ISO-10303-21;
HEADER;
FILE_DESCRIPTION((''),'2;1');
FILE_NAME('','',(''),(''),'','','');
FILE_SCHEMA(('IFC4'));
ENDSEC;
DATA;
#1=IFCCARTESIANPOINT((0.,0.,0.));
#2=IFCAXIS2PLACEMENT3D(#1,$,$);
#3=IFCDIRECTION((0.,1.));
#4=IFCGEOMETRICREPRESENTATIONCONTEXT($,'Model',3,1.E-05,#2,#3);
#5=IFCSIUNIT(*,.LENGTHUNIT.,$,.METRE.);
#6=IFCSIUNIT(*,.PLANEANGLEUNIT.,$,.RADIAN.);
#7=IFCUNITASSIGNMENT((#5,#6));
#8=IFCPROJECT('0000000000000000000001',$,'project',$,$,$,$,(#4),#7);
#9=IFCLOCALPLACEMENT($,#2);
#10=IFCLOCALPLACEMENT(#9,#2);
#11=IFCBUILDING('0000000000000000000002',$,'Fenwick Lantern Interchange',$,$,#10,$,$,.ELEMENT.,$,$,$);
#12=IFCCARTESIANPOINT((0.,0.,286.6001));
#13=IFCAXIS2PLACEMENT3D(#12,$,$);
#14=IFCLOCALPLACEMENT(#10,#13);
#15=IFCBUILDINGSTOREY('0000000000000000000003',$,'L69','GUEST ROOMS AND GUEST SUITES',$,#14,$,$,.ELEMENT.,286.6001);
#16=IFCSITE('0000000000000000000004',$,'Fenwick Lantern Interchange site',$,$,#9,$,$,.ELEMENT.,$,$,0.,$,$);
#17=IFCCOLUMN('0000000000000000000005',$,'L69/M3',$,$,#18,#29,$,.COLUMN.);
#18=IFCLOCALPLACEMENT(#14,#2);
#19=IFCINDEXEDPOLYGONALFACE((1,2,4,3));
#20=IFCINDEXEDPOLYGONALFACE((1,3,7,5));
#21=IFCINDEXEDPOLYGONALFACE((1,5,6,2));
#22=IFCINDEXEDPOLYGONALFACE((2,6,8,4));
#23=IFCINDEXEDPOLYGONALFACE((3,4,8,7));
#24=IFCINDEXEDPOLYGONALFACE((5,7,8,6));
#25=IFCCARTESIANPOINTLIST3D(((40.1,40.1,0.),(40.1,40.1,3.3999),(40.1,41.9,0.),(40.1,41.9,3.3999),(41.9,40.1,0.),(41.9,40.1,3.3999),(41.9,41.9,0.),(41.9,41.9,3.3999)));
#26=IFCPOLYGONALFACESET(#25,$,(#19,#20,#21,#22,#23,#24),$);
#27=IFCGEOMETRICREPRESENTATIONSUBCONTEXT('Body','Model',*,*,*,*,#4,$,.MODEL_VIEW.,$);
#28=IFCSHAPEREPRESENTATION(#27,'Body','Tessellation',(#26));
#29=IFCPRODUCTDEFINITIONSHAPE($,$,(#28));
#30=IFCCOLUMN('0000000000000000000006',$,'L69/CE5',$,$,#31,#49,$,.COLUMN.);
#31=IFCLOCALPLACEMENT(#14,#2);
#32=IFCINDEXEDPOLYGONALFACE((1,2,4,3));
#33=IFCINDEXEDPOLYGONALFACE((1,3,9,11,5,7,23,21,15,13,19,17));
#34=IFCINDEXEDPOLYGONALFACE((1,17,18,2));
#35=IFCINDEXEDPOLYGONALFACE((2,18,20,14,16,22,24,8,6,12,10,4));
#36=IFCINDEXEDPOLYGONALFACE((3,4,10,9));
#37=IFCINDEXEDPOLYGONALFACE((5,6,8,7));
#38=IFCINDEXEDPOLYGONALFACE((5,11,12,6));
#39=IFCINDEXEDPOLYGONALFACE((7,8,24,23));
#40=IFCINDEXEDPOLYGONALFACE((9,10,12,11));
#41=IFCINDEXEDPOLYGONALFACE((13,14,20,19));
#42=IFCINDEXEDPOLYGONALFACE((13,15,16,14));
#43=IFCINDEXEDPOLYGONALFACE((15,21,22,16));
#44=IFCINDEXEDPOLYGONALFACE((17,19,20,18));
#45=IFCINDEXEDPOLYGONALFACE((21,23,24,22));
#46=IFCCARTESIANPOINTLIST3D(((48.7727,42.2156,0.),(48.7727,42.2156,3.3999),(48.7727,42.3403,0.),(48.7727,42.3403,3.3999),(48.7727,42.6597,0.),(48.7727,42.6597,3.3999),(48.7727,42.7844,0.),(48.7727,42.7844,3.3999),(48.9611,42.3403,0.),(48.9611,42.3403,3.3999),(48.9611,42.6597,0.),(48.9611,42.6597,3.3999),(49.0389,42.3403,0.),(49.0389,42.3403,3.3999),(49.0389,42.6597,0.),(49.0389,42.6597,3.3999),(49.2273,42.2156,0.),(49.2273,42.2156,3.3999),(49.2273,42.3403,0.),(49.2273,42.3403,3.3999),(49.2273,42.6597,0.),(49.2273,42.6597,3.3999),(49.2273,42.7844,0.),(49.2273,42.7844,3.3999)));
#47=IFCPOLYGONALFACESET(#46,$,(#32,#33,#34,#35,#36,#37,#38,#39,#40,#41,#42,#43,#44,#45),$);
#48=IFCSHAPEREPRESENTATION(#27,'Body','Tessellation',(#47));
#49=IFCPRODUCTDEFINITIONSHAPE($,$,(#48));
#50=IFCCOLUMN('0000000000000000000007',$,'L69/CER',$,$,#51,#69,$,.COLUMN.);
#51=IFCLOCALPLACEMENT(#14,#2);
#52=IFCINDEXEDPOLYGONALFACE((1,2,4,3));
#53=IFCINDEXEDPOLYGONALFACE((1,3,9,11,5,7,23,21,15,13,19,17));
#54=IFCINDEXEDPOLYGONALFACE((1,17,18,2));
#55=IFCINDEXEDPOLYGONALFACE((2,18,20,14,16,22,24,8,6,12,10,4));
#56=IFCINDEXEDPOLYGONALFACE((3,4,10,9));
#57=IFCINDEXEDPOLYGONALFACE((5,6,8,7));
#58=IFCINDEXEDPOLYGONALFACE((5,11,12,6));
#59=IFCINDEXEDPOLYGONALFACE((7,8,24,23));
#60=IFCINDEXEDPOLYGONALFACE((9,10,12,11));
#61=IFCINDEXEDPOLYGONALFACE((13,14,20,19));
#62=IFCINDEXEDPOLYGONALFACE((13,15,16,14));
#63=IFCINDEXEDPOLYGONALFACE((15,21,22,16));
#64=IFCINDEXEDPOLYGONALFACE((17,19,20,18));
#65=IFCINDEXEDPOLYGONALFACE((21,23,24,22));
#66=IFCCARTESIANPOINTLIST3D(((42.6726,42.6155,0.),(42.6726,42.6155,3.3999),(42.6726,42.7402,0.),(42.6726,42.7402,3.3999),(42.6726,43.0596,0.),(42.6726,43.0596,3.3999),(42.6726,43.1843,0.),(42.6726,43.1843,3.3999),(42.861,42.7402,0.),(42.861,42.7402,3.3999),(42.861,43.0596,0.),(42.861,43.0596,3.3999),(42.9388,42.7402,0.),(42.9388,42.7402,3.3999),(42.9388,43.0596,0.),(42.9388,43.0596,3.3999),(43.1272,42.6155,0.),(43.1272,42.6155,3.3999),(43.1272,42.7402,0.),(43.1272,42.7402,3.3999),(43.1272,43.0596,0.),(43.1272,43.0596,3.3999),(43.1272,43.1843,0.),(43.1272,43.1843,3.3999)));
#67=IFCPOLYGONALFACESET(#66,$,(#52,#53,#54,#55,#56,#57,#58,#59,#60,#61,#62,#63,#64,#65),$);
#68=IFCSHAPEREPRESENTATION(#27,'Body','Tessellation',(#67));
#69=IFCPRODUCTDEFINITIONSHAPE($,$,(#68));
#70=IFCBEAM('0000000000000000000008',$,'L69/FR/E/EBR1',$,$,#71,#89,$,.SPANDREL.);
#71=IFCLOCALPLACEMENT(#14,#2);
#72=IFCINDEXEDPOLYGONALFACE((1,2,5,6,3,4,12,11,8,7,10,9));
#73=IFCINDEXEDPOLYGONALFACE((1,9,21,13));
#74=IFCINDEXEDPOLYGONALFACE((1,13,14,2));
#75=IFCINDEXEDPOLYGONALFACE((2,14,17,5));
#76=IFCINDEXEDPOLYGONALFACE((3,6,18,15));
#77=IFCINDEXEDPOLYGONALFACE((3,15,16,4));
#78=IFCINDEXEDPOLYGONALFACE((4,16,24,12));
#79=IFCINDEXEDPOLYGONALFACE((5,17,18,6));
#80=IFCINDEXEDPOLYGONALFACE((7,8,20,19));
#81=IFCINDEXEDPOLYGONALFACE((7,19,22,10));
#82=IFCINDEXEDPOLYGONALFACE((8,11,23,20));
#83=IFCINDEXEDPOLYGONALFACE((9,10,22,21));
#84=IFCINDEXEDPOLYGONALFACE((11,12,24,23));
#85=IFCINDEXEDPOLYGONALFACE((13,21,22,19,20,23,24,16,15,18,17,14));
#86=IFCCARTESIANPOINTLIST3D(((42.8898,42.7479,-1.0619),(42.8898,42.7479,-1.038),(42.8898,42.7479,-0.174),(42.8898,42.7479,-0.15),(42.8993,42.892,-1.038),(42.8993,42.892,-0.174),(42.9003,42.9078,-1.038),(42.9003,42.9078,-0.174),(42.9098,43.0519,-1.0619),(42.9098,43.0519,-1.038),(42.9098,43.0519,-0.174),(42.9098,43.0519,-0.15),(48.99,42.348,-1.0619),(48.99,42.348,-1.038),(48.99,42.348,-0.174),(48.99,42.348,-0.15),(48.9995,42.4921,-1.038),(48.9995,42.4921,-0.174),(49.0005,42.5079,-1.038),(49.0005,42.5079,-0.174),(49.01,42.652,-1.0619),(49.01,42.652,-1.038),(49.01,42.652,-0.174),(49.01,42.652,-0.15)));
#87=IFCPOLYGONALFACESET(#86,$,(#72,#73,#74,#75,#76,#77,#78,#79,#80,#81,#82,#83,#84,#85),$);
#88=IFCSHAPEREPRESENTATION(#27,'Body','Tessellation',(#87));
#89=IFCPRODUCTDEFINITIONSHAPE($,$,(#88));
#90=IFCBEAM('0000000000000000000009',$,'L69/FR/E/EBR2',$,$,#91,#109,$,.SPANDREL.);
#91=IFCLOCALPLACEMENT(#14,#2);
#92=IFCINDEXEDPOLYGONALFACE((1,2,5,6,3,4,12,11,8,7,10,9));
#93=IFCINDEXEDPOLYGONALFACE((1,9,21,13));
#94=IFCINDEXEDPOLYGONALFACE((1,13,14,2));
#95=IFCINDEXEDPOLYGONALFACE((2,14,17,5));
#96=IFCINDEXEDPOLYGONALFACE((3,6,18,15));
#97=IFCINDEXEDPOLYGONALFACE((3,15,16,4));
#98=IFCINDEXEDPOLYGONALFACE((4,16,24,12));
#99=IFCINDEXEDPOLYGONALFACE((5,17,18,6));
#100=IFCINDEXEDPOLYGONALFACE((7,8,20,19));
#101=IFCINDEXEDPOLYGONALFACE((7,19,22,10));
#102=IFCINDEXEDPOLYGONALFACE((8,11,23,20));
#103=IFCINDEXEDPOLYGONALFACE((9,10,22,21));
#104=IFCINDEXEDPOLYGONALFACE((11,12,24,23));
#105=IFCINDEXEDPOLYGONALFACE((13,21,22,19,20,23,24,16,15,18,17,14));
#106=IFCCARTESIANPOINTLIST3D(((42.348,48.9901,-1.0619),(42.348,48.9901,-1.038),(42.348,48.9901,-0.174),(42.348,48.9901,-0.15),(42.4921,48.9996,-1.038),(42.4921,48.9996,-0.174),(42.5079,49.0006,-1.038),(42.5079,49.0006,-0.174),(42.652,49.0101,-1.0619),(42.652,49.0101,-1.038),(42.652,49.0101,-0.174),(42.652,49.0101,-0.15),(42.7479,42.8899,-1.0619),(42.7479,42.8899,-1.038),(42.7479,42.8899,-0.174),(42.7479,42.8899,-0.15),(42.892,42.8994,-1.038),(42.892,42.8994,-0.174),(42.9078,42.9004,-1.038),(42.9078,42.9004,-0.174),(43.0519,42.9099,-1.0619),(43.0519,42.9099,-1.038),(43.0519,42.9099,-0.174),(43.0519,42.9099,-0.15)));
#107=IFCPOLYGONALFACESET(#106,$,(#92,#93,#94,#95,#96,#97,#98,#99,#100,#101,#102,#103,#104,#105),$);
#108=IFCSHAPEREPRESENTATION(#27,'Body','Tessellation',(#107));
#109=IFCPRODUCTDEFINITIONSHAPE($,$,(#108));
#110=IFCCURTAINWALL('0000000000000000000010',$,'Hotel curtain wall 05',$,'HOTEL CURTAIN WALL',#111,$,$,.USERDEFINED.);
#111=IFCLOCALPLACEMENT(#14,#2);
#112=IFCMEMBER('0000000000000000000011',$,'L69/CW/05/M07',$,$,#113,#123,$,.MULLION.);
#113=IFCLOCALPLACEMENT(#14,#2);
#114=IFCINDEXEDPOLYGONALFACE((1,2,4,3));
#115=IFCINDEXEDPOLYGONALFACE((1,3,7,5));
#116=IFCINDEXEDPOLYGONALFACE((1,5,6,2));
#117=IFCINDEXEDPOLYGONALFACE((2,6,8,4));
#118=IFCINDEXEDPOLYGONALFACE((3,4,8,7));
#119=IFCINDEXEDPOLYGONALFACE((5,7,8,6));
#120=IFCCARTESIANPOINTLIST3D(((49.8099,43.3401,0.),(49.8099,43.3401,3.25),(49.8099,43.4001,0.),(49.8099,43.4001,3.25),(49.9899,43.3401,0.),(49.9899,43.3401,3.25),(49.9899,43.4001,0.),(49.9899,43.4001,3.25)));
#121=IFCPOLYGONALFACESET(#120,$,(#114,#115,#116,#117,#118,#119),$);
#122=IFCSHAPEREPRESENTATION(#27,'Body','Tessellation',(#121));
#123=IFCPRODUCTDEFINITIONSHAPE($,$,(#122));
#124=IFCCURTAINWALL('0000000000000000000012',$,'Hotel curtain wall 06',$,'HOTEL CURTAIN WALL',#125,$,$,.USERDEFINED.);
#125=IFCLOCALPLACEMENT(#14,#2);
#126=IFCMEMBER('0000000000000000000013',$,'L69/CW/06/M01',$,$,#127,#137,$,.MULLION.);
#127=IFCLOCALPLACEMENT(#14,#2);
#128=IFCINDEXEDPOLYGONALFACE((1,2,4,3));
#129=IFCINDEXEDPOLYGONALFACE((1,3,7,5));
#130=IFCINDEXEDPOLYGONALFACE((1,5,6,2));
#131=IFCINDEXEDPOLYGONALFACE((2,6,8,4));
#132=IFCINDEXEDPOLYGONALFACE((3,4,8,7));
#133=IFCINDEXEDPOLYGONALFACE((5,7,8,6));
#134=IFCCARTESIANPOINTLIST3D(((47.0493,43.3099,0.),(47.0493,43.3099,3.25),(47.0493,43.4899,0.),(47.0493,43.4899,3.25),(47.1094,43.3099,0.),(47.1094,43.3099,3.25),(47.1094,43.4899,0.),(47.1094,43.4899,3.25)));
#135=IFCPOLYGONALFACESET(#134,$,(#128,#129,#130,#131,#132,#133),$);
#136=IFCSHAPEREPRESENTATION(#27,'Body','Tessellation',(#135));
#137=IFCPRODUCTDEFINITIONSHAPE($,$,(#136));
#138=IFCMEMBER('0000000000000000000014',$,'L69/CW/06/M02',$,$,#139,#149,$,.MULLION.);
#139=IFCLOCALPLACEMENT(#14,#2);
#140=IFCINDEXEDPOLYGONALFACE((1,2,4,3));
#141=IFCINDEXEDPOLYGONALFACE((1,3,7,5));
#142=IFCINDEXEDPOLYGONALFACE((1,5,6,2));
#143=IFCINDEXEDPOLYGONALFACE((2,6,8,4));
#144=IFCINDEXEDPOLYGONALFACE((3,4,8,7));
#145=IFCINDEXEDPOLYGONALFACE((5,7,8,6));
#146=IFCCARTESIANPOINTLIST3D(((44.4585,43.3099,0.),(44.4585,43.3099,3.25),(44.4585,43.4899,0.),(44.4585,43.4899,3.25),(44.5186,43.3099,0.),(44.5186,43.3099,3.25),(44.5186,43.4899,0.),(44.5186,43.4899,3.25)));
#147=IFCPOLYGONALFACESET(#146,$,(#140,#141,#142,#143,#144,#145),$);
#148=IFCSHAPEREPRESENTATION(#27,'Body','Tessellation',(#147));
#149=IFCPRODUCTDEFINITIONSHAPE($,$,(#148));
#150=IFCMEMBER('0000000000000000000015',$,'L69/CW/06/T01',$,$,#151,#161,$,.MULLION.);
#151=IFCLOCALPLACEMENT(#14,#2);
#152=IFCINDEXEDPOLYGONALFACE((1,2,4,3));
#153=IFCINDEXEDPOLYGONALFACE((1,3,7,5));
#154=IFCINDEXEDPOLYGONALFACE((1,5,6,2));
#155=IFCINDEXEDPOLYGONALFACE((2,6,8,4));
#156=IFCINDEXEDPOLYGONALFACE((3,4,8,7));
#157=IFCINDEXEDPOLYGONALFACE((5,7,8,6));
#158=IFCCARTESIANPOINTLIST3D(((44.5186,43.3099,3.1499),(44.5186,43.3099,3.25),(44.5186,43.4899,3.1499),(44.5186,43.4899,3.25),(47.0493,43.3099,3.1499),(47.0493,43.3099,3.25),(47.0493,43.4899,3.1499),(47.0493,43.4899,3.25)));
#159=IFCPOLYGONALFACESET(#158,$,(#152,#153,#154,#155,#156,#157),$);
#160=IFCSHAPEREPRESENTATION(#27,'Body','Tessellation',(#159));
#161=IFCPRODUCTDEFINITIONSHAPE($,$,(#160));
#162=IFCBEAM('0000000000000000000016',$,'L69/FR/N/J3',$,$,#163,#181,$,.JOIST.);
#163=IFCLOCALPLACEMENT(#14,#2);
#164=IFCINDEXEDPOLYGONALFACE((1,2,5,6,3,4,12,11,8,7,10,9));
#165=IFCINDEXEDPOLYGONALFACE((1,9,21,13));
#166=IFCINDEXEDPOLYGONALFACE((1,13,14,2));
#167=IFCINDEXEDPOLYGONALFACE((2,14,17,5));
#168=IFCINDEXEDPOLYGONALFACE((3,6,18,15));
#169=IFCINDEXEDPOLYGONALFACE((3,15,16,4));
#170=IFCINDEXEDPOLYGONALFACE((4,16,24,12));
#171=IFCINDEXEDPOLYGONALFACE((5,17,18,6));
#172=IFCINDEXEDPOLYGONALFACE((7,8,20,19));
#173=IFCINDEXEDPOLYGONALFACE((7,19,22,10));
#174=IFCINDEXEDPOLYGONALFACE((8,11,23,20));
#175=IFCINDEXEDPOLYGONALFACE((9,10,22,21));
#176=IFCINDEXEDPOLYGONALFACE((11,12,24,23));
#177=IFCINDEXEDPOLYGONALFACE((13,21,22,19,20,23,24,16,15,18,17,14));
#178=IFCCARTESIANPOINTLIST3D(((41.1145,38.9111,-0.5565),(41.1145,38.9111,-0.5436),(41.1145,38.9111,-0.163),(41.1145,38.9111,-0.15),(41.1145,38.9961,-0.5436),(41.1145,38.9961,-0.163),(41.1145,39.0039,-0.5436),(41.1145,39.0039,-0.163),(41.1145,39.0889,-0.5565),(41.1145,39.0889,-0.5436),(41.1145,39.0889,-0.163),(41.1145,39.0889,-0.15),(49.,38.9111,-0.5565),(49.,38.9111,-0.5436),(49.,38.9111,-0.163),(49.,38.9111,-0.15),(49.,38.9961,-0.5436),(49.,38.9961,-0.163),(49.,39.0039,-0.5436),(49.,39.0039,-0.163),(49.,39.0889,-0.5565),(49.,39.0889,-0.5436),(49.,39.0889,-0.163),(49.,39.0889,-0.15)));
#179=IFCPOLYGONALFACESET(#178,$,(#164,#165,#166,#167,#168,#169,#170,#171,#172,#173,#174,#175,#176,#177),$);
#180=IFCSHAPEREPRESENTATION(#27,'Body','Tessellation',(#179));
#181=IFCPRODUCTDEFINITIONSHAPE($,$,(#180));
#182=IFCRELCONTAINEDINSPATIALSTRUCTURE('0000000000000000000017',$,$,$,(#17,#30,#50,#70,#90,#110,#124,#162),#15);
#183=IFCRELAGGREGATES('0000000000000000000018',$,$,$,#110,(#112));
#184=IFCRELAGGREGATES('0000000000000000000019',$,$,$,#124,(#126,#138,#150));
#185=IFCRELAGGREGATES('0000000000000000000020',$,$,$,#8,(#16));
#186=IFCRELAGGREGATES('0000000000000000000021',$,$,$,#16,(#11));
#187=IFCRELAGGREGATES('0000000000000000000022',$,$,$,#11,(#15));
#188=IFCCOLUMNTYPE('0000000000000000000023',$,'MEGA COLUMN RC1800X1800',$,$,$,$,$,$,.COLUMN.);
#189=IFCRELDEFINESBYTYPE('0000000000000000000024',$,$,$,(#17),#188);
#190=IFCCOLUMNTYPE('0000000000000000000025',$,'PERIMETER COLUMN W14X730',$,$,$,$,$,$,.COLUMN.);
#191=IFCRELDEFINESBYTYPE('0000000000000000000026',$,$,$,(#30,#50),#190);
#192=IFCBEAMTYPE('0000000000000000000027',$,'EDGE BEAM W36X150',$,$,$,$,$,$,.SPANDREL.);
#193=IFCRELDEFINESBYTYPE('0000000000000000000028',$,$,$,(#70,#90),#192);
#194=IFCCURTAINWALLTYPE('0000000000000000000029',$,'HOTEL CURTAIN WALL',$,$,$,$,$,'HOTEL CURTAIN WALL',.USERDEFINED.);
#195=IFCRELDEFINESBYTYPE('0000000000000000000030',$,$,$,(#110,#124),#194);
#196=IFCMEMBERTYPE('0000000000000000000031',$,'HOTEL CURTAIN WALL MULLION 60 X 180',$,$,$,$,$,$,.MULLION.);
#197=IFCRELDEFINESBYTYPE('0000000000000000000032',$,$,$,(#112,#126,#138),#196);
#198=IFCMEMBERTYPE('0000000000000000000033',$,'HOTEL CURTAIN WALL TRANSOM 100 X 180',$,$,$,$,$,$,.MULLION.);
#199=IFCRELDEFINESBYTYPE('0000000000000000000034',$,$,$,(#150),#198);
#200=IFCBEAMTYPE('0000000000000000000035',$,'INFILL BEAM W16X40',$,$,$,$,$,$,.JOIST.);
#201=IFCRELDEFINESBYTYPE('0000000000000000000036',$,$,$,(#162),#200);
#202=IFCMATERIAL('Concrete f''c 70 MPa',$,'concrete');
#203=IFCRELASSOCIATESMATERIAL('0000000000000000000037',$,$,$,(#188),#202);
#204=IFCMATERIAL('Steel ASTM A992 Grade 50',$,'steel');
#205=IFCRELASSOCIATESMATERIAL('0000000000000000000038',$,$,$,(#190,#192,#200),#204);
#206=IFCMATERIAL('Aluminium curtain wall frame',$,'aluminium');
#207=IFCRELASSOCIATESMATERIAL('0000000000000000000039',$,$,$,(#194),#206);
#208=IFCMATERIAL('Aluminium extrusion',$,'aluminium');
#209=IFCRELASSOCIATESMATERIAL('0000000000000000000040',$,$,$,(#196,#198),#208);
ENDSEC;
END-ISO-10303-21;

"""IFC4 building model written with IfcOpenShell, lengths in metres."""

from ifc_helpers import new_model, si_unit, direction, frame, origin, origin_2d, place, context, subcontext, project, spatial, rectangle, i_section, extrude, material, material_profile, profile_set, type_object, element, aggregate, save


model = new_model("IFC4")

# Units and contexts
model_context = context("Model", 3, precision=1e-05, world=origin(), true_north=direction((0.0, 1.0)))
body_context = subcontext(model_context, "Body", "Model", "MODEL_VIEW")
ifc_project = project(units=[si_unit("LENGTHUNIT", "METRE"), si_unit("PLANEANGLEUNIT", "RADIAN")], contexts=[model_context])

# Site, building, storey
site_placement = place(None, origin())
site = spatial("IfcSite", under=ifc_project, at=site_placement, Name="Fenwick Lantern Interchange site", CompositionType="ELEMENT", RefElevation=0.0)
building_placement = place(site_placement, origin())
building = spatial("IfcBuilding", under=site, at=building_placement, Name="Fenwick Lantern Interchange", CompositionType="ELEMENT")
storey_placement = place(building_placement, frame((0.0, 0.0, 286.6001)))
storey = spatial("IfcBuildingStorey", under=building, at=storey_placement, Name="L69", Description="GUEST ROOMS AND GUEST SUITES", CompositionType="ELEMENT", Elevation=286.6001)

# Columns
ifc_material_1 = material(Name="Concrete f'c 70 MPa", Category="concrete")
ifc_material_profile_1 = material_profile(ifc_material_1, rectangle(XDim=1.8, YDim=1.8, at=origin_2d()), Name="RC1800X1800")
ifc_profile_set_1 = profile_set([ifc_material_profile_1], Name="Concrete f'c 70 MPa")
column_type_1 = type_object("IfcColumnType", Name="MEGA COLUMN RC1800X1800", PredefinedType="COLUMN", material=ifc_profile_set_1)
column_placement = place(storey_placement, frame((41.0, 41.0, 0.0), z_axis=(0.0, 0.0, 1.0), x_axis=(1.0, 0.0, 0.0)))
element("IfcColumn", 1, at=column_placement, inside=storey, type_object=column_type_1, Name="L69/M3", PredefinedType="COLUMN", context=body_context, shape_type="SweptSolid", body=[
    extrude(rectangle(XDim=1.8, YDim=1.8, at=origin_2d()), origin(), (0.0, 0.0, 1.0), 3.3999),
])
ifc_material_2 = material(Name="Steel ASTM A992 Grade 50", Category="steel")
ifc_material_profile_2 = material_profile(ifc_material_2, i_section(OverallWidth=0.4546, OverallDepth=0.5688, WebThickness=0.0779, FlangeThickness=0.1248, at=origin_2d()), Name="W14X730")
ifc_profile_set_2 = profile_set([ifc_material_profile_2], Name="Steel ASTM A992 Grade 50")
column_type_2 = type_object("IfcColumnType", Name="PERIMETER COLUMN W14X730", PredefinedType="COLUMN", material=ifc_profile_set_2)
for number, where, z_axis, x_axis, name in (
    (2, (49.0, 42.5, 0.0), (0.0, 0.0, 1.0), (1.0, 0.0, 0.0), "L69/CE5"),
    (3, (42.8999, 42.8999, 0.0), (0.0, 0.0, 1.0), (1.0, 0.0, 0.0), "L69/CER"),
):
    element("IfcColumn", number, at=place(storey_placement, frame(where, z_axis=z_axis, x_axis=x_axis)), inside=storey, type_object=column_type_2, Name=name, PredefinedType="COLUMN", context=body_context, shape_type="SweptSolid", body=[
        extrude(i_section(OverallWidth=0.4546, OverallDepth=0.5688, WebThickness=0.0779, FlangeThickness=0.1248, at=origin_2d()), origin(), (0.0, 0.0, 1.0), 3.3999),
    ])

# Beams
ifc_material_profile_3 = material_profile(ifc_material_2, i_section(OverallWidth=0.3047, OverallDepth=0.9119, WebThickness=0.0159, FlangeThickness=0.0239, at=origin_2d()), Name="W36X150")
ifc_profile_set_3 = profile_set([ifc_material_profile_3], Name="Steel ASTM A992 Grade 50")
beam_type_1 = type_object("IfcBeamType", Name="EDGE BEAM W36X150", PredefinedType="SPANDREL", material=ifc_profile_set_3)
for number, where, z_axis, x_axis, name in (
    (4, (49.0, 42.5, -0.606), (-0.997858, 0.065416, 0.0), (-0.065416, -0.997858, 0.0), "L69/FR/E/EBR1"),
    (5, (42.8999, 42.8999, -0.606), (-0.065416, 0.997858, 0.0), (-0.997858, -0.065416, 0.0), "L69/FR/E/EBR2"),
):
    element("IfcBeam", number, at=place(storey_placement, frame(where, z_axis=z_axis, x_axis=x_axis)), inside=storey, type_object=beam_type_1, Name=name, PredefinedType="SPANDREL", context=body_context, shape_type="SweptSolid", body=[
        extrude(i_section(OverallWidth=0.3047, OverallDepth=0.9119, WebThickness=0.0159, FlangeThickness=0.0239, at=origin_2d()), origin(), (0.0, 0.0, 1.0), 6.1133),
    ])

# Curtain wall, member
ifc_material_3 = material(Name="Aluminium curtain wall frame", Category="aluminium")
curtain_wall_type = type_object("IfcCurtainWallType", Name="HOTEL CURTAIN WALL", ElementType="HOTEL CURTAIN WALL", PredefinedType="USERDEFINED", material=ifc_material_3)
curtain_wall_1_placement = place(storey_placement, origin())
curtain_wall_1 = element("IfcCurtainWall", 6, at=curtain_wall_1_placement, inside=storey, type_object=curtain_wall_type, Name="Hotel curtain wall 05", ObjectType="HOTEL CURTAIN WALL", PredefinedType="USERDEFINED")
ifc_material_4 = material(Name="Aluminium extrusion", Category="aluminium")
ifc_material_profile_4 = material_profile(ifc_material_4, rectangle(XDim=0.1799, YDim=0.0601, at=origin_2d()), Name="HOTEL CURTAIN WALL MULLION 60 X 180")
ifc_profile_set_4 = profile_set([ifc_material_profile_4], Name="Aluminium extrusion")
member_type_1 = type_object("IfcMemberType", Name="HOTEL CURTAIN WALL MULLION 60 X 180", PredefinedType="MULLION", material=ifc_profile_set_4)
member_1_placement = place(storey_placement, frame((49.8999, 43.3701, 0.0), z_axis=(0.0, 0.0, 1.0), x_axis=(-1.0, 0.0, 0.0)))
member_1 = element("IfcMember", 7, at=member_1_placement, type_object=member_type_1, Name="L69/CW/05/M07", PredefinedType="MULLION", context=body_context, shape_type="SweptSolid", body=[
    extrude(rectangle(XDim=0.1799, YDim=0.0601, at=origin_2d()), origin(), (0.0, 0.0, 1.0), 3.25),
])
aggregate(curtain_wall_1, [member_1])

# Curtain wall, members
curtain_wall_2_placement = place(storey_placement, origin())
curtain_wall_2 = element("IfcCurtainWall", 8, at=curtain_wall_2_placement, inside=storey, type_object=curtain_wall_type, Name="Hotel curtain wall 06", ObjectType="HOTEL CURTAIN WALL", PredefinedType="USERDEFINED")
member_2_placement = place(storey_placement, frame((47.0793, 43.3999, 0.0), z_axis=(0.0, 0.0, 1.0), x_axis=(0.0, -1.0, 0.0)))
member_2 = element("IfcMember", 9, at=member_2_placement, type_object=member_type_1, Name="L69/CW/06/M01", PredefinedType="MULLION", context=body_context, shape_type="SweptSolid", body=[
    extrude(rectangle(XDim=0.1799, YDim=0.0601, at=origin_2d()), origin(), (0.0, 0.0, 1.0), 3.25),
])
member_3_placement = place(storey_placement, frame((44.4885, 43.3999, 0.0), z_axis=(0.0, 0.0, 1.0), x_axis=(0.0, -1.0, 0.0)))
member_3 = element("IfcMember", 10, at=member_3_placement, type_object=member_type_1, Name="L69/CW/06/M02", PredefinedType="MULLION", context=body_context, shape_type="SweptSolid", body=[
    extrude(rectangle(XDim=0.1799, YDim=0.0601, at=origin_2d()), origin(), (0.0, 0.0, 1.0), 3.25),
])
ifc_material_profile_5 = material_profile(ifc_material_4, rectangle(XDim=0.1799, YDim=0.1001, at=origin_2d()), Name="HOTEL CURTAIN WALL TRANSOM 100 X 180")
ifc_profile_set_5 = profile_set([ifc_material_profile_5], Name="Aluminium extrusion")
member_type_2 = type_object("IfcMemberType", Name="HOTEL CURTAIN WALL TRANSOM 100 X 180", PredefinedType="MULLION", material=ifc_profile_set_5)
member_4_placement = place(storey_placement, frame((47.0493, 43.3999, 3.2), z_axis=(-1.0, 0.0, 0.0), x_axis=(0.0, -1.0, 0.0)))
member_4 = element("IfcMember", 11, at=member_4_placement, type_object=member_type_2, Name="L69/CW/06/T01", PredefinedType="MULLION", context=body_context, shape_type="SweptSolid", body=[
    extrude(rectangle(XDim=0.1799, YDim=0.1001, at=origin_2d()), origin(), (0.0, 0.0, 1.0), 2.5308),
])

# Beam
ifc_material_profile_6 = material_profile(ifc_material_2, i_section(OverallWidth=0.1777, OverallDepth=0.4065, WebThickness=0.0078, FlangeThickness=0.0129, at=origin_2d()), Name="W16X40")
ifc_profile_set_6 = profile_set([ifc_material_profile_6], Name="Steel ASTM A992 Grade 50")
beam_type_2 = type_object("IfcBeamType", Name="INFILL BEAM W16X40", PredefinedType="JOIST", material=ifc_profile_set_6)
beam_1_placement = place(storey_placement, frame((49.0, 39.0, -0.3533), z_axis=(-1.0, 0.0, 0.0), x_axis=(0.0, -1.0, 0.0)))
element("IfcBeam", 12, at=beam_1_placement, inside=storey, type_object=beam_type_2, Name="L69/FR/N/J3", PredefinedType="JOIST", context=body_context, shape_type="SweptSolid", body=[
    extrude(i_section(OverallWidth=0.1777, OverallDepth=0.4065, WebThickness=0.0078, FlangeThickness=0.0129, at=origin_2d()), origin(), (0.0, 0.0, 1.0), 7.8855),
])

aggregate(curtain_wall_2, [member_2, member_3, member_4])

save(model, "model.ifc")
